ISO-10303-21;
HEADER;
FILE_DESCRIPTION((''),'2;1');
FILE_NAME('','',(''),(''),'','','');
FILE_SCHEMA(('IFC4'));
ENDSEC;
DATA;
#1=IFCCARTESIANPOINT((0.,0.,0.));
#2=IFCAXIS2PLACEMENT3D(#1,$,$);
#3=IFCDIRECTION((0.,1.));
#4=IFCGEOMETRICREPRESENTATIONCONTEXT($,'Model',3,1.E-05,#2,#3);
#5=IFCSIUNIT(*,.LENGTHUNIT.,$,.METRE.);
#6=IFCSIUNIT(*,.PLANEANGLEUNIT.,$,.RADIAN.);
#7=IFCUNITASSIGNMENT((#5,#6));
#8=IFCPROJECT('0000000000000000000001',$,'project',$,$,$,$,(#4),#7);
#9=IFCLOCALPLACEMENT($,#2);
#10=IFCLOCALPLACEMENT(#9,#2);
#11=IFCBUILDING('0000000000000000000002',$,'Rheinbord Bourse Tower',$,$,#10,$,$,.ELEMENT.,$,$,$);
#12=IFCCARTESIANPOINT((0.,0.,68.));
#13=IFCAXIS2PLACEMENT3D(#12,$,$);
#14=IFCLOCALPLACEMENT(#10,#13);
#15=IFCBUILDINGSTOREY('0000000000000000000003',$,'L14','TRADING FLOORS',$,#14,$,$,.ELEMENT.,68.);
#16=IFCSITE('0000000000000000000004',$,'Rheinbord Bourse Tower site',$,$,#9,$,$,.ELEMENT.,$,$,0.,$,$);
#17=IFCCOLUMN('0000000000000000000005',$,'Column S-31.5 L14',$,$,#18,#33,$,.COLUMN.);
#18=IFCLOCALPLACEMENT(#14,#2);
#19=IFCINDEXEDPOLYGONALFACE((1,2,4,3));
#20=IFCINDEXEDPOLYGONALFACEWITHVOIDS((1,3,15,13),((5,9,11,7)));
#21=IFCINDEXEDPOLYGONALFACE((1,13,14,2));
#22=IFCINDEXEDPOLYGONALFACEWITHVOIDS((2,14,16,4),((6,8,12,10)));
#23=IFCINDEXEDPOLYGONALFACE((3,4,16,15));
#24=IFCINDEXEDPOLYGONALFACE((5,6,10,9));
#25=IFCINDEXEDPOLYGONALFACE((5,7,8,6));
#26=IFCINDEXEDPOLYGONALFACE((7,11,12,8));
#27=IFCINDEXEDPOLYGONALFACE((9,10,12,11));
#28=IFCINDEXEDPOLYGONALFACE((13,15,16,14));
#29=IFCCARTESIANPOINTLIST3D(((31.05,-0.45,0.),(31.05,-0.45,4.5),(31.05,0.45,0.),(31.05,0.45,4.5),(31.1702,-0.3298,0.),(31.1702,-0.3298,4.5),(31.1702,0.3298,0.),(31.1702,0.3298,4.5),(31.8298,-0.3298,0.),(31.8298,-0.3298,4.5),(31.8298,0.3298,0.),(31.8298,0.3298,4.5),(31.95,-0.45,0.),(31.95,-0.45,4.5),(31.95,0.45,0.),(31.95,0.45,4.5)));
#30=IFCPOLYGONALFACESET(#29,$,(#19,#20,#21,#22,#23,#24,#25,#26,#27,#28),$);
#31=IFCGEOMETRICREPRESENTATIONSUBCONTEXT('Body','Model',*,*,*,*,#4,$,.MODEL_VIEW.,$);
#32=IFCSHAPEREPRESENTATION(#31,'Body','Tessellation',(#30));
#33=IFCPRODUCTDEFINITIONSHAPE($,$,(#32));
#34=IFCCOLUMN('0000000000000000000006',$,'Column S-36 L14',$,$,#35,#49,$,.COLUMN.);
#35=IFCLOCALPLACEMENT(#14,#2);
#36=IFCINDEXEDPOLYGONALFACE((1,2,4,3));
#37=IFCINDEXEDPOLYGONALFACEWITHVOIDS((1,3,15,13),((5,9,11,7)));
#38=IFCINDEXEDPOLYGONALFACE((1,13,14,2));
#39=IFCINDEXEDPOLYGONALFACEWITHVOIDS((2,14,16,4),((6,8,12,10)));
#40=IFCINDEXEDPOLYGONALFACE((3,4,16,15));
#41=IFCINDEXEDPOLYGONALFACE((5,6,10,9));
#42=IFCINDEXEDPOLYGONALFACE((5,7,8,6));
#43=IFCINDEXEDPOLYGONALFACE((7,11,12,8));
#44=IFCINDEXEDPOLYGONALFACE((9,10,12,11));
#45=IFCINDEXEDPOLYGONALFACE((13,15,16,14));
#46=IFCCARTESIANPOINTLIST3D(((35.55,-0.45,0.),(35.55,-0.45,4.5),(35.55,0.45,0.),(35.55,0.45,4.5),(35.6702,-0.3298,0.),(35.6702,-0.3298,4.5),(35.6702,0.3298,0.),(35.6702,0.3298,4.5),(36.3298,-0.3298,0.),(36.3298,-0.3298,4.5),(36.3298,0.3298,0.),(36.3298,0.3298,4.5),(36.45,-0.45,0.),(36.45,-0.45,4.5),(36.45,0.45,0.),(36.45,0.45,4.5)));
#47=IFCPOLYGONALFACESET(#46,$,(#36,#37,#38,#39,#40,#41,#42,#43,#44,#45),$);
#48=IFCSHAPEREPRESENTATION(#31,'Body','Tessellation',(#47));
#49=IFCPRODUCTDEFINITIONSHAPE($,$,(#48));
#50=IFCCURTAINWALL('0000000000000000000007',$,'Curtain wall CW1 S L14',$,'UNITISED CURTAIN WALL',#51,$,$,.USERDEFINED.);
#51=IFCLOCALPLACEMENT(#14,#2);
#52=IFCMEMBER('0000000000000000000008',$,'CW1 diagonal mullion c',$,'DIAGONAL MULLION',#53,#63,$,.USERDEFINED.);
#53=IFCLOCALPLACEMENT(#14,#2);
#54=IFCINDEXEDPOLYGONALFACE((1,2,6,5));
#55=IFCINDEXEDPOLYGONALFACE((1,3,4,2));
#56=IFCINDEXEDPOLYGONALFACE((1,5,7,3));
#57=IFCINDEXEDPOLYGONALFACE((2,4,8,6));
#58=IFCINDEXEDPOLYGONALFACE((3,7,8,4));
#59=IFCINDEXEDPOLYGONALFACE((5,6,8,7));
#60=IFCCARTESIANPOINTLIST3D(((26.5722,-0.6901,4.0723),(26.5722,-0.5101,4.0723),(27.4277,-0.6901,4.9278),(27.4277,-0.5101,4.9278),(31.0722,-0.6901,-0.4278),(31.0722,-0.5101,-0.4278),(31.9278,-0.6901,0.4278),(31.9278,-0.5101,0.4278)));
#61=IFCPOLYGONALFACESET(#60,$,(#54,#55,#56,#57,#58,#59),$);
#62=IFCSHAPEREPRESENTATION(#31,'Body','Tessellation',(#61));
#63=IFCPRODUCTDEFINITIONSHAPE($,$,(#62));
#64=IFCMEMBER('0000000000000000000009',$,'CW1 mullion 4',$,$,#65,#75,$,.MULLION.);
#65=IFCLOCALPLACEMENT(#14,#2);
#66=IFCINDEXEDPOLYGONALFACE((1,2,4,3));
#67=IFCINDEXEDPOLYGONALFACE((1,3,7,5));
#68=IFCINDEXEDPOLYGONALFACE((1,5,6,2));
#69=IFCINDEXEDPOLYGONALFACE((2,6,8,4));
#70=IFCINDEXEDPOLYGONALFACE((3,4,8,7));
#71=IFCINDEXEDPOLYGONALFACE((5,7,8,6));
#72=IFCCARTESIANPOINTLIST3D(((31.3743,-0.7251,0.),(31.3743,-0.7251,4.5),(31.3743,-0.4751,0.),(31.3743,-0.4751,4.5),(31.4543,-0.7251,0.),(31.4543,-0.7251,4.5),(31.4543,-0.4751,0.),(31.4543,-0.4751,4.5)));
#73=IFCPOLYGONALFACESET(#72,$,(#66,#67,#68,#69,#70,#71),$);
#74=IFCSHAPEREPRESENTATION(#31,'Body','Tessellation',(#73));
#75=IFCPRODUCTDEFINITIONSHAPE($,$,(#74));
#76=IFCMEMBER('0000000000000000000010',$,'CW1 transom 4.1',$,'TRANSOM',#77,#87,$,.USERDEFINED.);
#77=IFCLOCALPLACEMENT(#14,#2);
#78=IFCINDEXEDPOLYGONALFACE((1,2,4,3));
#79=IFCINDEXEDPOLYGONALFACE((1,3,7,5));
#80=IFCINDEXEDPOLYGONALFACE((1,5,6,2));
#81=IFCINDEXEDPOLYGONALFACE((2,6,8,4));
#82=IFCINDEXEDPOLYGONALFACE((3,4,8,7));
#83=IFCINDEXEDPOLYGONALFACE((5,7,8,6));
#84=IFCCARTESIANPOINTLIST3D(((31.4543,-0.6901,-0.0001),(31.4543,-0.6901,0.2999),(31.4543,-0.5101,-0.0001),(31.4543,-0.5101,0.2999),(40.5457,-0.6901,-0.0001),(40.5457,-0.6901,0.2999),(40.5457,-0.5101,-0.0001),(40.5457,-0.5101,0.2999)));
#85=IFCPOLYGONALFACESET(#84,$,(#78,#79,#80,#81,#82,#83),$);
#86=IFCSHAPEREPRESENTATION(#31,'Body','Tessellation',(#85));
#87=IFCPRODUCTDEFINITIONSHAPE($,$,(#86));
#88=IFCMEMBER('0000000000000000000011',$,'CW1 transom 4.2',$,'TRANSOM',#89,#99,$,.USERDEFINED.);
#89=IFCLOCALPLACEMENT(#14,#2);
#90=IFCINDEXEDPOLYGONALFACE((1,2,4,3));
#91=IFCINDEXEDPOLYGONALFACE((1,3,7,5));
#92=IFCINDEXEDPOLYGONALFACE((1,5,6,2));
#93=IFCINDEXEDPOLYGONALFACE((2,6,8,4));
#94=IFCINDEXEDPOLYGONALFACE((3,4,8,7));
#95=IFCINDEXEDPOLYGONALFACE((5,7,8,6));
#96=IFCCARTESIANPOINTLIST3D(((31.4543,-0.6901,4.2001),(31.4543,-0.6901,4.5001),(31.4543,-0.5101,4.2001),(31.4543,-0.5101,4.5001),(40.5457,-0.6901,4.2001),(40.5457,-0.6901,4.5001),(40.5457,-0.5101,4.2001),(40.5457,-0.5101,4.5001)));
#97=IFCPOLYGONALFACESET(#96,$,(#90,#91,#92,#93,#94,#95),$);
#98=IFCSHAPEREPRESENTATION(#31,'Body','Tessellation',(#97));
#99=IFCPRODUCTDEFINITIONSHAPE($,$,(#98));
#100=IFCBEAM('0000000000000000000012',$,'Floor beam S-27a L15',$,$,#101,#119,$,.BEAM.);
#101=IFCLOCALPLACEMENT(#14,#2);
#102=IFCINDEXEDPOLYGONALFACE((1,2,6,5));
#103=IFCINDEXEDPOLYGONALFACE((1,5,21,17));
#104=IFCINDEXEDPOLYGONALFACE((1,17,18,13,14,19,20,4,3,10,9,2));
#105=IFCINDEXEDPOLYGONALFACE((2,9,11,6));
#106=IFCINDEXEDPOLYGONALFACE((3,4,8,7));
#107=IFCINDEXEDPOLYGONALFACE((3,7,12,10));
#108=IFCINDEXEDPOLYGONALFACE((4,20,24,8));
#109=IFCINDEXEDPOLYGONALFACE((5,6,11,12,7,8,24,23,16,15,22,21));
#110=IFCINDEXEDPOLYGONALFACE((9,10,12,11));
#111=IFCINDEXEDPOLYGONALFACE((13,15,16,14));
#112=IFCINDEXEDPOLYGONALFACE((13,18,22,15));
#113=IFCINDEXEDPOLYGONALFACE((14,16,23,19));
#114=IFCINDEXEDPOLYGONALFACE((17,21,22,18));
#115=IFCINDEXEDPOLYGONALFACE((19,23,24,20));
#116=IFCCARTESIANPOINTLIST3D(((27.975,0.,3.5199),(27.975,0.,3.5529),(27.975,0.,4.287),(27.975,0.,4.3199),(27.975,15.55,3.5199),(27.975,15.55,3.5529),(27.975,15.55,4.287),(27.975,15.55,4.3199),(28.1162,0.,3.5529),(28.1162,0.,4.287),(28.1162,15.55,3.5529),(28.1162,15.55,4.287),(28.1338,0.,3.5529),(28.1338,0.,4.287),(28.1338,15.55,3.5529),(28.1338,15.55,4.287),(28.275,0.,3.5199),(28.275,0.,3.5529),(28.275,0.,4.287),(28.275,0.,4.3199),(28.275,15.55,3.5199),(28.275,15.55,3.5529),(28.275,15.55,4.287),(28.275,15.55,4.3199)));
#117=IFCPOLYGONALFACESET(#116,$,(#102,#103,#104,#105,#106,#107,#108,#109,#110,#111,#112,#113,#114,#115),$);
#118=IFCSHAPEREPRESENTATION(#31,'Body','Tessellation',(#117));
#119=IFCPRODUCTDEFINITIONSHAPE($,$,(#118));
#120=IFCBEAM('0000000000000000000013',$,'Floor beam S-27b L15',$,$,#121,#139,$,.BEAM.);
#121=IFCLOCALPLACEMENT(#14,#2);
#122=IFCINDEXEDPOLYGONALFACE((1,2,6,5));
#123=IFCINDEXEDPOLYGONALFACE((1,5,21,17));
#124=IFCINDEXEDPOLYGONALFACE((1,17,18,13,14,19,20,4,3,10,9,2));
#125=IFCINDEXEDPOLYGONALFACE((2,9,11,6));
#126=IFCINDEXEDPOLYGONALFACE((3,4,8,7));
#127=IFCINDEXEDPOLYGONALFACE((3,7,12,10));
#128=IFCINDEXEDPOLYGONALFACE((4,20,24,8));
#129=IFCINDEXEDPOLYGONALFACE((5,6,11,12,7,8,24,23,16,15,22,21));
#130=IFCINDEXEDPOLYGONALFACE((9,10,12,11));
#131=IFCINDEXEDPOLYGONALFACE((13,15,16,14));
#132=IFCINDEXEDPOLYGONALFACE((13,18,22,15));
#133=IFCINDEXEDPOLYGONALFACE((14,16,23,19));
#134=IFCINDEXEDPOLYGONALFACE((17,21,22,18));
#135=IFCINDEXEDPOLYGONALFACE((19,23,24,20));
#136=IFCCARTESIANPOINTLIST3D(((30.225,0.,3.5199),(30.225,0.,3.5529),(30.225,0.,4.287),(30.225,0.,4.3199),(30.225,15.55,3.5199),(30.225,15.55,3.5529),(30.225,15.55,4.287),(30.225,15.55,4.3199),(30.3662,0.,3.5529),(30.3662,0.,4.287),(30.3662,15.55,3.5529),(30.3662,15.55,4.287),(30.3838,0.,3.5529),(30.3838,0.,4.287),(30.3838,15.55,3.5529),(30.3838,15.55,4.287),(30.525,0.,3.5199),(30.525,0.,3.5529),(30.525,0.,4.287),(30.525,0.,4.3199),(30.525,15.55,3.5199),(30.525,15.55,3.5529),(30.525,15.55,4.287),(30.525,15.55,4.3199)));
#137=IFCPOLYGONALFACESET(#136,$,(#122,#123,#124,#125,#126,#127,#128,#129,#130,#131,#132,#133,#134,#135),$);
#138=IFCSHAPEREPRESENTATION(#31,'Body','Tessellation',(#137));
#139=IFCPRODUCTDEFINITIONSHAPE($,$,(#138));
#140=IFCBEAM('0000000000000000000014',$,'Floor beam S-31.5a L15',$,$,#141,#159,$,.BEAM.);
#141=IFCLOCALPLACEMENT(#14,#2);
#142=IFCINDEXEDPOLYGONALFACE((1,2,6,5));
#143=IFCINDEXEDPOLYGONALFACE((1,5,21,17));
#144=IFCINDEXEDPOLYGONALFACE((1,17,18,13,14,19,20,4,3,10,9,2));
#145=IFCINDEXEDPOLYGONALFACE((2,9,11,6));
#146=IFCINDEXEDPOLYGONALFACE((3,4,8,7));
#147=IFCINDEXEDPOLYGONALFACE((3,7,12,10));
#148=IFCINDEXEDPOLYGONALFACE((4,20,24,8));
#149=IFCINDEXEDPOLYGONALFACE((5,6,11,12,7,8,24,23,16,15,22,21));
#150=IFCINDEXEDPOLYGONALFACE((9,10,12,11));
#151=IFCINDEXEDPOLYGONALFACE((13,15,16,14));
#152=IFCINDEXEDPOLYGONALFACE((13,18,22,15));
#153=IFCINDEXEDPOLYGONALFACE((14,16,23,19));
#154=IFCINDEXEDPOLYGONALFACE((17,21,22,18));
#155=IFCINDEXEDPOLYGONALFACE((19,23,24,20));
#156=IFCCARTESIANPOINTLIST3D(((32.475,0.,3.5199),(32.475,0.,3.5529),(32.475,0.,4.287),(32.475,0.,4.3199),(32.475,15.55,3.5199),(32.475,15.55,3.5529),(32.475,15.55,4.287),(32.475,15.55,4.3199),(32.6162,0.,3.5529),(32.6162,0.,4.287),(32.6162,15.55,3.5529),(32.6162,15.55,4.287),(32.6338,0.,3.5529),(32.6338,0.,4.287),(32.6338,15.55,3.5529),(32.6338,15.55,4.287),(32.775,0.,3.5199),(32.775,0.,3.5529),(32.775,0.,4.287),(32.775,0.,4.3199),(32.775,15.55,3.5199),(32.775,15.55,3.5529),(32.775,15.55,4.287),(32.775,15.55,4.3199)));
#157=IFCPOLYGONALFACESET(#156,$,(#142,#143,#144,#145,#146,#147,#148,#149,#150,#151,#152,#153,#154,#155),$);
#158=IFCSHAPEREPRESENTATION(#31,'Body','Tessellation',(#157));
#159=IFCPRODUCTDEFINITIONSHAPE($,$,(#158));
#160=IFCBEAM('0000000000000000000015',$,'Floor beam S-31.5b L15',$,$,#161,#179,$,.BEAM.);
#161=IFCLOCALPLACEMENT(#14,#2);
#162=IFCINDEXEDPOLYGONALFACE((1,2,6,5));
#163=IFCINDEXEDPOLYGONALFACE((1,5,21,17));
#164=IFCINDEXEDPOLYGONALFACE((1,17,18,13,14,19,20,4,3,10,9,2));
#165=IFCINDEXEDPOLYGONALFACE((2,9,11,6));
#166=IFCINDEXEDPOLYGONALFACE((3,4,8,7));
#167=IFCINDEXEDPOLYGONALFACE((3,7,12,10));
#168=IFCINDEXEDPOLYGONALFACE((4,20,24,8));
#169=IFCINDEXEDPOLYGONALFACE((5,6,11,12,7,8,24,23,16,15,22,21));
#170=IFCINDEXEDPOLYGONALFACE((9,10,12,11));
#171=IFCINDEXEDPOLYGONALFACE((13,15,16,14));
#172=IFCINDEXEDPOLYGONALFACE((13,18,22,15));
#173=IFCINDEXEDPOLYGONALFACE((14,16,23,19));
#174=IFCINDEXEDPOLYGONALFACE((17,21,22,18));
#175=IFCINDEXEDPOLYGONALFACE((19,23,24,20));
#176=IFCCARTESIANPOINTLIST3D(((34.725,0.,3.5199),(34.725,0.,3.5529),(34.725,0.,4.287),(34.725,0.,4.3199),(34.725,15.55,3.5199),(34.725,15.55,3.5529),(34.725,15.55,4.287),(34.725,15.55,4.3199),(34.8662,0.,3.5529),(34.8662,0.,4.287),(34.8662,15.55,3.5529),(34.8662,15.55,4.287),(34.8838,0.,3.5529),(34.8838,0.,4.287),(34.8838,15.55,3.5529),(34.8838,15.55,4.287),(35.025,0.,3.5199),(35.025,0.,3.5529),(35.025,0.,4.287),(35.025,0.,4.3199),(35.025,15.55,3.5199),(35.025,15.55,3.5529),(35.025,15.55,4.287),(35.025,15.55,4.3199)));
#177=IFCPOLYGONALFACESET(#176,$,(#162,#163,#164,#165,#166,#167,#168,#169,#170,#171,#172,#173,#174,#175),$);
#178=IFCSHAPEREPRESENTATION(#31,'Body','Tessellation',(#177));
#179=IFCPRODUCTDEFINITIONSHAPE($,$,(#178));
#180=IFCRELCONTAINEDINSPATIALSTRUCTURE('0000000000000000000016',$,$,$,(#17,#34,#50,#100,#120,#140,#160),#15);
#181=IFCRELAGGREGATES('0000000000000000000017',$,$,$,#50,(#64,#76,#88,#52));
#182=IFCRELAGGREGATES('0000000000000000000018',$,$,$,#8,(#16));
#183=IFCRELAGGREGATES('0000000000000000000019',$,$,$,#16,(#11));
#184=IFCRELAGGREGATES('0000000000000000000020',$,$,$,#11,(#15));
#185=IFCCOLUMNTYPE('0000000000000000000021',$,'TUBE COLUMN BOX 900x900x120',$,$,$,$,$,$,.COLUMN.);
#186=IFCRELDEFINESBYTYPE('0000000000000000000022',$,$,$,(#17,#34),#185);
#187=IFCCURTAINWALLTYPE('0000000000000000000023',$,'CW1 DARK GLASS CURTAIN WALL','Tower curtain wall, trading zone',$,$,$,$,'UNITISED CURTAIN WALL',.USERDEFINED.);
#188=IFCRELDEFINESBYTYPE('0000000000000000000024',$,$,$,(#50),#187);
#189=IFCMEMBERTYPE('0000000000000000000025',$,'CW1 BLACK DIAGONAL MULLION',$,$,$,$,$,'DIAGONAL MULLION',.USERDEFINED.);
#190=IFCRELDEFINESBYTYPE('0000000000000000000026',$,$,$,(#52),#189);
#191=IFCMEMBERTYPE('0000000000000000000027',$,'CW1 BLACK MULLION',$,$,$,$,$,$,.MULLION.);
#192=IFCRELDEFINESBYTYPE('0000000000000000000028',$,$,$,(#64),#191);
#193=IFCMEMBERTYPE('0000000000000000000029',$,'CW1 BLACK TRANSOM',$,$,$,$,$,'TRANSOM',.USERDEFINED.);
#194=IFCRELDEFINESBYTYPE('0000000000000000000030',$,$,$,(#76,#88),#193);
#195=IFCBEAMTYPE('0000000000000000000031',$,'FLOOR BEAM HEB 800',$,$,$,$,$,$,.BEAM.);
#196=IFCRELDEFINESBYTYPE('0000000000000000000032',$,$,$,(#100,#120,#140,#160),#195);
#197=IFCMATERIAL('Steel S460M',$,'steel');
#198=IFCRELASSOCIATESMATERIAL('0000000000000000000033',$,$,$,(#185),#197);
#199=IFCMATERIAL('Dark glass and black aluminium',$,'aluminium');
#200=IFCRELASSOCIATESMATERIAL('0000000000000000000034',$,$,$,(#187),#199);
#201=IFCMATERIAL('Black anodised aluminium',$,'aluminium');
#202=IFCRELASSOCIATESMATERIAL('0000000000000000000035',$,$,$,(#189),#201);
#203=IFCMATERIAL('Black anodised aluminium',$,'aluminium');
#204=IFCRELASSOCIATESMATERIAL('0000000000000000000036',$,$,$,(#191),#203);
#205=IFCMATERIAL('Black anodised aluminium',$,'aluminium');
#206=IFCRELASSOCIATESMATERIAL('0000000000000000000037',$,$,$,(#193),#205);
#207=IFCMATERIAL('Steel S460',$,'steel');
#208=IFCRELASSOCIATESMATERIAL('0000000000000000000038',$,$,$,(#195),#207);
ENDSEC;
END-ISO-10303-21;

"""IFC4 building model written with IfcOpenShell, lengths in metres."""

from ifc_helpers import new_model, si_unit, direction, frame, origin, origin_2d, place, context, subcontext, project, spatial, rectangle, hollow_rectangle, i_section, extrude, material, material_profile, profile_set, type_object, element, aggregate, save


model = new_model("IFC4")

# Units and contexts
model_context = context("Model", 3, precision=1e-05, world=origin(), true_north=direction((0.0, 1.0)))
body_context = subcontext(model_context, "Body", "Model", "MODEL_VIEW")
ifc_project = project(units=[si_unit("LENGTHUNIT", "METRE"), si_unit("PLANEANGLEUNIT", "RADIAN")], contexts=[model_context])

# Site, building, storey
site_placement = place(None, origin())
site = spatial("IfcSite", under=ifc_project, at=site_placement, Name="Rheinbord Bourse Tower site", CompositionType="ELEMENT", RefElevation=0.0)
building_placement = place(site_placement, origin())
building = spatial("IfcBuilding", under=site, at=building_placement, Name="Rheinbord Bourse Tower", CompositionType="ELEMENT")
storey_placement = place(building_placement, frame((0.0, 0.0, 68.0)))
storey = spatial("IfcBuildingStorey", under=building, at=storey_placement, Name="L14", Description="TRADING FLOORS", CompositionType="ELEMENT", Elevation=68.0)

# Columns
ifc_material_1 = material(Name="Steel S460M", Category="steel")
ifc_material_profile_1 = material_profile(ifc_material_1, hollow_rectangle(XDim=0.8999, YDim=0.8999, WallThickness=0.1201, at=origin_2d()), Name="BOX 900x900x120")
ifc_profile_set_1 = profile_set([ifc_material_profile_1], Name="Steel S460M")
column_type = type_object("IfcColumnType", Name="TUBE COLUMN BOX 900x900x120", PredefinedType="COLUMN", material=ifc_profile_set_1)
for number, where, z_axis, x_axis, name in (
    (1, (31.5, 0.0, 0.0), (0.0, 0.0, 1.0), (0.0, 1.0, 0.0), "Column S-31.5 L14"),
    (2, (36.0, 0.0, 0.0), (0.0, 0.0, 1.0), (0.0, 1.0, 0.0), "Column S-36 L14"),
):
    element("IfcColumn", number, at=place(storey_placement, frame(where, z_axis=z_axis, x_axis=x_axis)), inside=storey, type_object=column_type, Name=name, PredefinedType="COLUMN", context=body_context, shape_type="SweptSolid", body=[
        extrude(hollow_rectangle(XDim=0.8999, YDim=0.8999, WallThickness=0.1201, at=origin_2d()), origin(), (0.0, 0.0, 1.0), 4.5),
    ])

# Curtain wall, members
ifc_material_2 = material(Name="Dark glass and black aluminium", Category="aluminium")
curtain_wall_type = type_object("IfcCurtainWallType", Name="CW1 DARK GLASS CURTAIN WALL", Description="Tower curtain wall, trading zone", ElementType="UNITISED CURTAIN WALL", PredefinedType="USERDEFINED", material=ifc_material_2)
curtain_wall_placement = place(storey_placement, origin())
curtain_wall = element("IfcCurtainWall", 3, at=curtain_wall_placement, inside=storey, type_object=curtain_wall_type, Name="Curtain wall CW1 S L14", ObjectType="UNITISED CURTAIN WALL", PredefinedType="USERDEFINED")
ifc_material_3 = material(Name="Black anodised aluminium", Category="aluminium")
ifc_material_profile_2 = material_profile(ifc_material_3, rectangle(XDim=0.1799, YDim=1.21, at=origin_2d()), Name="CW1 DIAGONAL MULLION 1210x180")
ifc_profile_set_2 = profile_set([ifc_material_profile_2], Name="Black anodised aluminium")
member_type_1 = type_object("IfcMemberType", Name="CW1 BLACK DIAGONAL MULLION", ElementType="DIAGONAL MULLION", PredefinedType="USERDEFINED", material=ifc_profile_set_2)
member_1_placement = place(storey_placement, frame((31.5, -0.6001, 0.0), z_axis=(-0.707107, 0.0, 0.707107), x_axis=(0.0, -1.0, 0.0)))
member_1 = element("IfcMember", 4, at=member_1_placement, type_object=member_type_1, Name="CW1 diagonal mullion c", ObjectType="DIAGONAL MULLION", PredefinedType="USERDEFINED", context=body_context, shape_type="SweptSolid", body=[
    extrude(rectangle(XDim=0.1799, YDim=1.21, at=origin_2d()), origin(), (0.0, 0.0, 1.0), 6.364),
])
ifc_material_4 = material(Name="Black anodised aluminium", Category="aluminium")
ifc_material_profile_3 = material_profile(ifc_material_4, rectangle(XDim=0.25, YDim=0.0801, at=origin_2d()), Name="CW1 MULLION 80x250")
ifc_profile_set_3 = profile_set([ifc_material_profile_3], Name="Black anodised aluminium")
member_type_2 = type_object("IfcMemberType", Name="CW1 BLACK MULLION", PredefinedType="MULLION", material=ifc_profile_set_3)
member_2_placement = place(storey_placement, frame((31.4143, -0.6001, 0.0), z_axis=(0.0, 0.0, 1.0), x_axis=(0.0, 1.0, 0.0)))
member_2 = element("IfcMember", 5, at=member_2_placement, type_object=member_type_2, Name="CW1 mullion 4", PredefinedType="MULLION", context=body_context, shape_type="SweptSolid", body=[
    extrude(rectangle(XDim=0.25, YDim=0.0801, at=origin_2d()), origin(), (0.0, 0.0, 1.0), 4.5),
])
ifc_material_5 = material(Name="Black anodised aluminium", Category="aluminium")
ifc_material_profile_4 = material_profile(ifc_material_5, rectangle(XDim=0.1799, YDim=0.3, at=origin_2d()), Name="CW1 TRANSOM 300x180")
ifc_profile_set_4 = profile_set([ifc_material_profile_4], Name="Black anodised aluminium")
member_type_3 = type_object("IfcMemberType", Name="CW1 BLACK TRANSOM", ElementType="TRANSOM", PredefinedType="USERDEFINED", material=ifc_profile_set_4)
member_3_placement = place(storey_placement, frame((31.4543, -0.6001, 0.1499), z_axis=(1.0, 0.0, 0.0), x_axis=(0.0, 1.0, 0.0)))
member_3 = element("IfcMember", 6, at=member_3_placement, type_object=member_type_3, Name="CW1 transom 4.1", ObjectType="TRANSOM", PredefinedType="USERDEFINED", context=body_context, shape_type="SweptSolid", body=[
    extrude(rectangle(XDim=0.1799, YDim=0.3, at=origin_2d()), origin(), (0.0, 0.0, 1.0), 9.0913),
])
member_4_placement = place(storey_placement, frame((31.4543, -0.6001, 4.3501), z_axis=(1.0, 0.0, 0.0), x_axis=(0.0, 1.0, 0.0)))
member_4 = element("IfcMember", 7, at=member_4_placement, type_object=member_type_3, Name="CW1 transom 4.2", ObjectType="TRANSOM", PredefinedType="USERDEFINED", context=body_context, shape_type="SweptSolid", body=[
    extrude(rectangle(XDim=0.1799, YDim=0.3, at=origin_2d()), origin(), (0.0, 0.0, 1.0), 9.0913),
])

# Beams
ifc_material_6 = material(Name="Steel S460", Category="steel")
ifc_material_profile_5 = material_profile(ifc_material_6, i_section(OverallWidth=0.3, OverallDepth=0.8, WebThickness=0.0176, FlangeThickness=0.033, at=origin_2d()), Name="HEB 800")
ifc_profile_set_5 = profile_set([ifc_material_profile_5], Name="Steel S460")
beam_type_1 = type_object("IfcBeamType", Name="FLOOR BEAM HEB 800", PredefinedType="BEAM", material=ifc_profile_set_5)
for number, where, z_axis, x_axis, name in (
    (8, (28.125, 0.0, 3.9199), (0.0, 1.0, 0.0), (-1.0, 0.0, 0.0), "Floor beam S-27a L15"),
    (9, (30.375, 0.0, 3.9199), (0.0, 1.0, 0.0), (-1.0, 0.0, 0.0), "Floor beam S-27b L15"),
    (10, (32.625, 0.0, 3.9199), (0.0, 1.0, 0.0), (-1.0, 0.0, 0.0), "Floor beam S-31.5a L15"),
    (11, (34.875, 0.0, 3.9199), (0.0, 1.0, 0.0), (-1.0, 0.0, 0.0), "Floor beam S-31.5b L15"),
):
    element("IfcBeam", number, at=place(storey_placement, frame(where, z_axis=z_axis, x_axis=x_axis)), inside=storey, type_object=beam_type_1, Name=name, PredefinedType="BEAM", context=body_context, shape_type="SweptSolid", body=[
        extrude(i_section(OverallWidth=0.3, OverallDepth=0.8, WebThickness=0.0176, FlangeThickness=0.033, at=origin_2d()), origin(), (0.0, 0.0, 1.0), 15.55),
    ])

aggregate(curtain_wall, [member_2, member_3, member_4, member_1])

save(model, "model.ifc")
